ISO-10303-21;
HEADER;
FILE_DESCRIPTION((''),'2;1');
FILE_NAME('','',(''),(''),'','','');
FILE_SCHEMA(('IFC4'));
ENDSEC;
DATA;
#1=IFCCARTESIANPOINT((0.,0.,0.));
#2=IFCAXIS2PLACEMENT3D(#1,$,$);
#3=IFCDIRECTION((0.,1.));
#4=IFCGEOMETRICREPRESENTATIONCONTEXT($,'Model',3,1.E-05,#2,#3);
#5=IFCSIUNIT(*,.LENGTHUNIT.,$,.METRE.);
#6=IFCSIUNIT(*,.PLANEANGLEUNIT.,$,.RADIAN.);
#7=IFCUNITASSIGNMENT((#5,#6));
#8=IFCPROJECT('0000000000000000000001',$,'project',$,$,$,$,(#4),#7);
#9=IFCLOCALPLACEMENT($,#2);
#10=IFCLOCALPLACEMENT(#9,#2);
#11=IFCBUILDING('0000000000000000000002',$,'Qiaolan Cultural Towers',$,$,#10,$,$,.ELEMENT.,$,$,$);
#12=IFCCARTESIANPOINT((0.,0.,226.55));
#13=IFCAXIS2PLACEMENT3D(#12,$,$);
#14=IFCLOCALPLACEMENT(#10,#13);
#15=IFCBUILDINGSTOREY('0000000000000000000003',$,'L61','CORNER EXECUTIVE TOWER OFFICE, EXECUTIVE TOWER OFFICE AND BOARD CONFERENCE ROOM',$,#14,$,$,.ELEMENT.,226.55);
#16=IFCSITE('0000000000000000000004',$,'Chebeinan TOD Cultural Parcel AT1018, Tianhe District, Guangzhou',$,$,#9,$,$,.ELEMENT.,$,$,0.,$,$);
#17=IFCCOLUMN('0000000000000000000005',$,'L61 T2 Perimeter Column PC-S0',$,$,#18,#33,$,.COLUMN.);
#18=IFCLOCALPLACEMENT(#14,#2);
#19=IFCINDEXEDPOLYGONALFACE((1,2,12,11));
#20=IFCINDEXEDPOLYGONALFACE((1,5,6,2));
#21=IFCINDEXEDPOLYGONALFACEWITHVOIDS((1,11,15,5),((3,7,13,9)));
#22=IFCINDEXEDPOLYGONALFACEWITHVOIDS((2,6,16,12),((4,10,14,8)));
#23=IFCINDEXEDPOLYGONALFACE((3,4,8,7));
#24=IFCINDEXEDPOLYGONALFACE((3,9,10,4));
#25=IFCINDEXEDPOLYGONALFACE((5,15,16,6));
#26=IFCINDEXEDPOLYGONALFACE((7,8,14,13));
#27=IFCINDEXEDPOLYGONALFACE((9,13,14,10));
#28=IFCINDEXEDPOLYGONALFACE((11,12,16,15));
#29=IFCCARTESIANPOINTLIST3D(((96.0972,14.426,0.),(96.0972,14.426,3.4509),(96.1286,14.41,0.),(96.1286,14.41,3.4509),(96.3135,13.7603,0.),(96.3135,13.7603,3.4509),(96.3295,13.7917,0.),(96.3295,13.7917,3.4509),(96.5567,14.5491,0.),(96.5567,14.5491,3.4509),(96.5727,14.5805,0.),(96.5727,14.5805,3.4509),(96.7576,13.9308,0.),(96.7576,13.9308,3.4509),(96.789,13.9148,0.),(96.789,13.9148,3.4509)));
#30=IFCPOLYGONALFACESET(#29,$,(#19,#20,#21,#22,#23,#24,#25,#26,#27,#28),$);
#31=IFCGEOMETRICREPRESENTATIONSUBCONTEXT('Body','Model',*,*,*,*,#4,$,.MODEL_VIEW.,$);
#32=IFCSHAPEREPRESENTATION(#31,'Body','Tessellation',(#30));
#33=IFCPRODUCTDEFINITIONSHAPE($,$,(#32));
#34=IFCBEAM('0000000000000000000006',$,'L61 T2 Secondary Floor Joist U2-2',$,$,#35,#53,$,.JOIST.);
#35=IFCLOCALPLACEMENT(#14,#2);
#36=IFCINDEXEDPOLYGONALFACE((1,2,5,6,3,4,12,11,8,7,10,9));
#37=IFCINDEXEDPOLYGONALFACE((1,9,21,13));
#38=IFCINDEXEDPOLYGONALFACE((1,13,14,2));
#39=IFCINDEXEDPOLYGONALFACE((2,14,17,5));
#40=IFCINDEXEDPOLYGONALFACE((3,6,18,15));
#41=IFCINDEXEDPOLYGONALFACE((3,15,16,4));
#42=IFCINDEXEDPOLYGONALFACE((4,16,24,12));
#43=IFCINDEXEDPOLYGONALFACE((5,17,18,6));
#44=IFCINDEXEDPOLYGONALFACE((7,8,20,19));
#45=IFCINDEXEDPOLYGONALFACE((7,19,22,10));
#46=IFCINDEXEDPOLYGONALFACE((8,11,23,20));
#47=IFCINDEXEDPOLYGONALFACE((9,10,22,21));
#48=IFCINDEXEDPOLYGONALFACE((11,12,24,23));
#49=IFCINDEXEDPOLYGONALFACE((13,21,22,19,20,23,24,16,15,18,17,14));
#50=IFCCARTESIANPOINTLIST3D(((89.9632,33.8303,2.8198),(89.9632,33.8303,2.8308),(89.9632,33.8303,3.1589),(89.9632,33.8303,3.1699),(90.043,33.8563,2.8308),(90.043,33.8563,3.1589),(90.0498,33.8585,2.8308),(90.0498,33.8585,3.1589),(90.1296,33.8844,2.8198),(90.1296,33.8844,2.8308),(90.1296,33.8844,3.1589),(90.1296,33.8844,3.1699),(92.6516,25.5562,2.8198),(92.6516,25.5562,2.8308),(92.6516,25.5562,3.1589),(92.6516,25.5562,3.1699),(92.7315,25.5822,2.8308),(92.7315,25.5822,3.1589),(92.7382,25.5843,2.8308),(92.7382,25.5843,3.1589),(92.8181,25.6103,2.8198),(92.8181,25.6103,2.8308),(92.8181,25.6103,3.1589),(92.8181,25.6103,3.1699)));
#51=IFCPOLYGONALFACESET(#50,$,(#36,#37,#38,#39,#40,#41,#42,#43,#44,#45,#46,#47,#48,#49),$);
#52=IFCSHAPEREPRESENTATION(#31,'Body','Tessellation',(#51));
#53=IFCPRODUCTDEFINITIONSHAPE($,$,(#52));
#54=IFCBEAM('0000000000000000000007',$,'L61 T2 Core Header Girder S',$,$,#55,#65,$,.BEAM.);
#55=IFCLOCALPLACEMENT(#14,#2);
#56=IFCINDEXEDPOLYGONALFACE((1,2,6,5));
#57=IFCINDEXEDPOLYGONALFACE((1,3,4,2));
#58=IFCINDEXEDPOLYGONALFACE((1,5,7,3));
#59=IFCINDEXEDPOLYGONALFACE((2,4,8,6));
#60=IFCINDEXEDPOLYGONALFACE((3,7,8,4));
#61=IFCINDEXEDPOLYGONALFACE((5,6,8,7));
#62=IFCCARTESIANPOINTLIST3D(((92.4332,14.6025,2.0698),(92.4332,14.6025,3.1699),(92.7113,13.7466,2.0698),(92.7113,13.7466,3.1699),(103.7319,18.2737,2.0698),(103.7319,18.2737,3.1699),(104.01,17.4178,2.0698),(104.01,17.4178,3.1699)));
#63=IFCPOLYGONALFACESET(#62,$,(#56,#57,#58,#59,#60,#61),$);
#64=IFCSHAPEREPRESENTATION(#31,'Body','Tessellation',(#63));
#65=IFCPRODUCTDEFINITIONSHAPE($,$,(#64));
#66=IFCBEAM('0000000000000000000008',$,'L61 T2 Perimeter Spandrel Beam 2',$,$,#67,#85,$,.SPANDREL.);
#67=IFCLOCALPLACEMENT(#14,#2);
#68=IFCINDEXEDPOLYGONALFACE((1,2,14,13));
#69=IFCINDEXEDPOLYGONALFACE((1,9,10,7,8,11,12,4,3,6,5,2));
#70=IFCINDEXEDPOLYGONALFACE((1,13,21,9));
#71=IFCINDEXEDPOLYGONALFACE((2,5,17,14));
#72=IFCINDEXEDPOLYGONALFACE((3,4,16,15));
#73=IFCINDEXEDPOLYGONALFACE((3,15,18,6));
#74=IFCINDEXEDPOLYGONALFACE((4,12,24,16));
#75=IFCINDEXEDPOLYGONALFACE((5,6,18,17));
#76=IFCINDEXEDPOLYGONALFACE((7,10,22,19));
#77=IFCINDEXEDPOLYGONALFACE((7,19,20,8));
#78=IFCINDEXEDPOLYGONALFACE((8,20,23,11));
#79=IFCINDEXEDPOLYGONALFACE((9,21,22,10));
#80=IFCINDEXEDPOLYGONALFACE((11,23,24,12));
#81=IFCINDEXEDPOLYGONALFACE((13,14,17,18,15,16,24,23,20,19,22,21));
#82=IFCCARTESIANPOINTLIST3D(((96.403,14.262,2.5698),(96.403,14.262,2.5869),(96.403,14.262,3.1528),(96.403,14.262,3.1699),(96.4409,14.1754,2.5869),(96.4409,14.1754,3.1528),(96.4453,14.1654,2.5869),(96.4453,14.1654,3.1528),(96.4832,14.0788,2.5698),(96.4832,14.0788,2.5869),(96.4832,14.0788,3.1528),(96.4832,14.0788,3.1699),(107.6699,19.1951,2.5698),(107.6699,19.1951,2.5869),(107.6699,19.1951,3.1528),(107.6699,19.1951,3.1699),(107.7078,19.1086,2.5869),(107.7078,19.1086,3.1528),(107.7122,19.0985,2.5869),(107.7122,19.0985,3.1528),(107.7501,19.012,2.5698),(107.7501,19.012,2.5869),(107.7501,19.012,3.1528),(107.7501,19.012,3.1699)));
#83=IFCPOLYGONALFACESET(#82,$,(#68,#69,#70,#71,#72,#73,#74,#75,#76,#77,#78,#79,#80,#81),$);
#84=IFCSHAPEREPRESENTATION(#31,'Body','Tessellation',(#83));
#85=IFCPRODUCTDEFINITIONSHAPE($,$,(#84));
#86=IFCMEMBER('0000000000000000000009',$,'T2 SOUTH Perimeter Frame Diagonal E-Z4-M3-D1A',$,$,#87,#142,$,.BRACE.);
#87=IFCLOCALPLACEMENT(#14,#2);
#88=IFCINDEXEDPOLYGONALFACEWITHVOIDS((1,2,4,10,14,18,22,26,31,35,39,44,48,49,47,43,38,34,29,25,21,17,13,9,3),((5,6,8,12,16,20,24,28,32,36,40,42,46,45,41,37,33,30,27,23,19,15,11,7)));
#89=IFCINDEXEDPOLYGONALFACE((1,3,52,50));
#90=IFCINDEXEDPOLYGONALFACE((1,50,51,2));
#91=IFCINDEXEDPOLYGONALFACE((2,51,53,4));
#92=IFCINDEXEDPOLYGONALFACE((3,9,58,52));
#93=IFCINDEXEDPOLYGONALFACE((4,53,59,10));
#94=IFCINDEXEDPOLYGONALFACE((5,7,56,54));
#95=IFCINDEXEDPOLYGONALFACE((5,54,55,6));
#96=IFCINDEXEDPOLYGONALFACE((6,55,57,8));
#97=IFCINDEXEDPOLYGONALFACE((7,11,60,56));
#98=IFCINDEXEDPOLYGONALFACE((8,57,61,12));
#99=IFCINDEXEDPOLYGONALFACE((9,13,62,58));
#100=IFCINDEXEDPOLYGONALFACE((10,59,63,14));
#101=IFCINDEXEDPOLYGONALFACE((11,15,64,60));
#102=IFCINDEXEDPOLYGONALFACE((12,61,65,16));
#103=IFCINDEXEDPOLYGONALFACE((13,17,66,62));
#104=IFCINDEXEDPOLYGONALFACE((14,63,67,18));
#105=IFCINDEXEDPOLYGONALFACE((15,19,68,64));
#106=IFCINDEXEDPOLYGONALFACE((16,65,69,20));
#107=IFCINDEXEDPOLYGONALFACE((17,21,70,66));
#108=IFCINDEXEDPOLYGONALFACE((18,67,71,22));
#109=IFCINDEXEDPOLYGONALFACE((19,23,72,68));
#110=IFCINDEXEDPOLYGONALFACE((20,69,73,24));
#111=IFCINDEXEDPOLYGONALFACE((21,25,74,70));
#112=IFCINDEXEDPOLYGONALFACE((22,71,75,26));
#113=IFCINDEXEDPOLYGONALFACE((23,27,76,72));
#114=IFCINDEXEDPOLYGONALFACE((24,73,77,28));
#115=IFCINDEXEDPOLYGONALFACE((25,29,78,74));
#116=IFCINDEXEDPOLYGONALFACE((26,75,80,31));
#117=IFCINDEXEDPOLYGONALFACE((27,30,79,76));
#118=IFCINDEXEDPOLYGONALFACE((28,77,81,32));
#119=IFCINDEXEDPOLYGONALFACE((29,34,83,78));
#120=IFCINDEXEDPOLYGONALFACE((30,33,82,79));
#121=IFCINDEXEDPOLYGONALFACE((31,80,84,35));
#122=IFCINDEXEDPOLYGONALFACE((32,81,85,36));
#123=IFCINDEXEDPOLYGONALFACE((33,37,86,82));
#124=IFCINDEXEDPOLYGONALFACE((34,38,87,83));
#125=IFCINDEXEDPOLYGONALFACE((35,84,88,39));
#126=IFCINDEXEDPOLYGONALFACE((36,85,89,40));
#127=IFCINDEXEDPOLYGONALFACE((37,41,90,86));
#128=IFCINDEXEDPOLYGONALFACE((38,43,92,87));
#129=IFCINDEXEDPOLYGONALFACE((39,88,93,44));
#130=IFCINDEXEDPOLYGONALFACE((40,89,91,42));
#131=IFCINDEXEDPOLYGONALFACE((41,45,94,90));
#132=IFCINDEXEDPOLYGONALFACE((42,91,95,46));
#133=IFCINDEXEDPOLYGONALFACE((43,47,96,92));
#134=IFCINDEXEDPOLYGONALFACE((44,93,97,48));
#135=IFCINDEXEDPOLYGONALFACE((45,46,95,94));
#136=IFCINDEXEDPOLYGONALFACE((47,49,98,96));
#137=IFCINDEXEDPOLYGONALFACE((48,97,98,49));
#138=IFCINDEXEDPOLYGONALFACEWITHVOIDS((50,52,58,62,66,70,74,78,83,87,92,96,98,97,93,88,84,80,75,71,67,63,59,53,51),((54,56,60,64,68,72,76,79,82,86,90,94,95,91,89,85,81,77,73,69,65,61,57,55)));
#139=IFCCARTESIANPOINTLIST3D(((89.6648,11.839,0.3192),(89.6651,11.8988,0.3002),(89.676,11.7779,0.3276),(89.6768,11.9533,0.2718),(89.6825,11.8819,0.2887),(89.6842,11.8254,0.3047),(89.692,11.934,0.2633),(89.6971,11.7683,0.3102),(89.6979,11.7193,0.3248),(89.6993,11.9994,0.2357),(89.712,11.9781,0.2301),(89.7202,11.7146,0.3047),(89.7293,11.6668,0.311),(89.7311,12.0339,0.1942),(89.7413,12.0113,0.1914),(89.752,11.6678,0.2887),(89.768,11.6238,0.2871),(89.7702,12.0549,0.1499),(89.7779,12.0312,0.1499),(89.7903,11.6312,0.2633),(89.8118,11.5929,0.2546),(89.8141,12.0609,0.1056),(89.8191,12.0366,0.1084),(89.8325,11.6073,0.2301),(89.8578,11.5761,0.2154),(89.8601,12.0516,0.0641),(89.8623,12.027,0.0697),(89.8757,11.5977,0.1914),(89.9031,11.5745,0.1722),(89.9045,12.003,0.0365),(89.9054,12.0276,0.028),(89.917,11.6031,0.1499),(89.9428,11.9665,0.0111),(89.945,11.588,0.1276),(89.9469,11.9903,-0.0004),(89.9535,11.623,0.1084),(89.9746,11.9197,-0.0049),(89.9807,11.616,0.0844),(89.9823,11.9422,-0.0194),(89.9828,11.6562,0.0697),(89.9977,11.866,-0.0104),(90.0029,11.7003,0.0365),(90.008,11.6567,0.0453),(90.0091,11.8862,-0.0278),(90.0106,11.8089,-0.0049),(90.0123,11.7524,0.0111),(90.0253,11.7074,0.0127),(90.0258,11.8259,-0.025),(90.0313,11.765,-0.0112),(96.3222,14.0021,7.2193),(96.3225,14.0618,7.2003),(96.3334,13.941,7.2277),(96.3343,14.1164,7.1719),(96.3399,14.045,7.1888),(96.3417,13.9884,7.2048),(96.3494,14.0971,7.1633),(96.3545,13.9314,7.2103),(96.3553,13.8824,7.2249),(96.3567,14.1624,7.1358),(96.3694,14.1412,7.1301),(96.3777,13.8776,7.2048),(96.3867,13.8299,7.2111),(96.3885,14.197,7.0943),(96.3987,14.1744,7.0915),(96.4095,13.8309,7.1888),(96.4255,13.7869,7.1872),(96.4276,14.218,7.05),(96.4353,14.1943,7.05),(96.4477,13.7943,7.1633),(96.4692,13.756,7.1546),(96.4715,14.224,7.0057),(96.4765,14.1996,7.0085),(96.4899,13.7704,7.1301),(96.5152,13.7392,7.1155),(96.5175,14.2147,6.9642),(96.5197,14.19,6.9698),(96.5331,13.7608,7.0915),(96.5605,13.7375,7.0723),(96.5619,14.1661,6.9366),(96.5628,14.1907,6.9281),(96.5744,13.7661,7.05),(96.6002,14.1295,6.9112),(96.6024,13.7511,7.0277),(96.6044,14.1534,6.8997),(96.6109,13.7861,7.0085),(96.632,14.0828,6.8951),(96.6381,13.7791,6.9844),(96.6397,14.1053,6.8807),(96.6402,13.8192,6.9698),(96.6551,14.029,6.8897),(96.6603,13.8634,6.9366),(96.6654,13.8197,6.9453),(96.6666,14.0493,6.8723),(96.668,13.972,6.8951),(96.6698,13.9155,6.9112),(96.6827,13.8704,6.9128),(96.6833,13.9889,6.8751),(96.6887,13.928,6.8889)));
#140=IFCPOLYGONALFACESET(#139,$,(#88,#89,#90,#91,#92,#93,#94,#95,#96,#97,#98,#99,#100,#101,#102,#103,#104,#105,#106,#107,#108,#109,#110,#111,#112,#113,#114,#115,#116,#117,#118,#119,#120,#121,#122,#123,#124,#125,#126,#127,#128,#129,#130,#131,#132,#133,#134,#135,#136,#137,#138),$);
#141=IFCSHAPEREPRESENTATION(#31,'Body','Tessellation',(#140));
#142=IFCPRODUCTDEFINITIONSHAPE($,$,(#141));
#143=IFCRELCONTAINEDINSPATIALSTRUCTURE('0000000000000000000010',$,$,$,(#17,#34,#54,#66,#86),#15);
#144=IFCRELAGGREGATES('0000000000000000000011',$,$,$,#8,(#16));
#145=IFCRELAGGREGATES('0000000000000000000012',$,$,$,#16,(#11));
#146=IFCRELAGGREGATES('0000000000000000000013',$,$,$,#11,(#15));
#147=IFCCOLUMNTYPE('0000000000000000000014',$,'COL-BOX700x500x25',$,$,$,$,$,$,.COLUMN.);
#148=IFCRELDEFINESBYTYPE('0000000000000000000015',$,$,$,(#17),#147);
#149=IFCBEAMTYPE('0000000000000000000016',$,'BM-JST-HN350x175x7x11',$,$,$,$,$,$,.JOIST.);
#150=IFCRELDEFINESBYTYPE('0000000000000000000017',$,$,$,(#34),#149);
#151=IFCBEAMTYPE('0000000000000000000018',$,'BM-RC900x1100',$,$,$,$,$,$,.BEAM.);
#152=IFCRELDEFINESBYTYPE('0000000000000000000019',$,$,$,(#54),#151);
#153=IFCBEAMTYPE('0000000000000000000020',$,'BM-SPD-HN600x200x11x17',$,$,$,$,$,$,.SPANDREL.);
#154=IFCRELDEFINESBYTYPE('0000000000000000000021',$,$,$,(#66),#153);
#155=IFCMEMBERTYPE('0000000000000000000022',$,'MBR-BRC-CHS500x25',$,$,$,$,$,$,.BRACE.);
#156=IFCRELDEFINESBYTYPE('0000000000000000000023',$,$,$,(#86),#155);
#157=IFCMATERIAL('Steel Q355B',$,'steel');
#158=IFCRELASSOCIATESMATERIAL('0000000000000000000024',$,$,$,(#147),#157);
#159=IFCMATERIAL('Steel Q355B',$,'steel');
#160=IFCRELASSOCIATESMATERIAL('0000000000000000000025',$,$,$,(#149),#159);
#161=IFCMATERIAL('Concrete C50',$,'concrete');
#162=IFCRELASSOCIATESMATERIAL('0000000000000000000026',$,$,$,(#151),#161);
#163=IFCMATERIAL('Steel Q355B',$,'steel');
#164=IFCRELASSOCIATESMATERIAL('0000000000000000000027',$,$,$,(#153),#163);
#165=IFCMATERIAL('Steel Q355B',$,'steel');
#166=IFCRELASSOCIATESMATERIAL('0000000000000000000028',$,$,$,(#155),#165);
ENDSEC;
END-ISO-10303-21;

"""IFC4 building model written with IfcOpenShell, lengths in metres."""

from ifc_helpers import new_model, si_unit, direction, frame, origin, origin_2d, place, context, subcontext, project, spatial, rectangle, hollow_rectangle, hollow_circle, i_section, extrude, material, material_profile, profile_set, type_object, element, save


model = new_model("IFC4")

# Units and contexts
model_context = context("Model", 3, precision=1e-05, world=origin(), true_north=direction((0.0, 1.0)))
body_context = subcontext(model_context, "Body", "Model", "MODEL_VIEW")
ifc_project = project(units=[si_unit("LENGTHUNIT", "METRE"), si_unit("PLANEANGLEUNIT", "RADIAN")], contexts=[model_context])

# Site, building, storey
site_placement = place(None, origin())
site = spatial("IfcSite", under=ifc_project, at=site_placement, Name="Chebeinan TOD Cultural Parcel AT1018, Tianhe District, Guangzhou", CompositionType="ELEMENT", RefElevation=0.0)
building_placement = place(site_placement, origin())
building = spatial("IfcBuilding", under=site, at=building_placement, Name="Qiaolan Cultural Towers", CompositionType="ELEMENT")
storey_placement = place(building_placement, frame((0.0, 0.0, 226.55)))
storey = spatial("IfcBuildingStorey", under=building, at=storey_placement, Name="L61", Description="CORNER EXECUTIVE TOWER OFFICE, EXECUTIVE TOWER OFFICE AND BOARD CONFERENCE ROOM", CompositionType="ELEMENT", Elevation=226.55)

# Column
ifc_material_1 = material(Name="Steel Q355B", Category="steel")
ifc_material_profile_1 = material_profile(ifc_material_1, hollow_rectangle(XDim=0.5, YDim=0.7, WallThickness=0.0249, at=origin_2d()), Name="BOX700x500x25")
ifc_profile_set_1 = profile_set([ifc_material_profile_1], Name="Steel Q355B")
column_type = type_object("IfcColumnType", Name="COL-BOX700x500x25", PredefinedType="COLUMN", material=ifc_profile_set_1)
column_placement = place(storey_placement, frame((96.4431, 14.1704, 0.0), z_axis=(0.0, 0.0, 1.0), x_axis=(0.951057, 0.309017, 0.0)))
element("IfcColumn", 1, at=column_placement, inside=storey, type_object=column_type, Name="L61 T2 Perimeter Column PC-S0", PredefinedType="COLUMN", context=body_context, shape_type="SweptSolid", body=[
    extrude(hollow_rectangle(XDim=0.5, YDim=0.7, WallThickness=0.0249, at=origin_2d()), origin(), (0.0, 0.0, 1.0), 3.4509),
])

# Beams
ifc_material_2 = material(Name="Steel Q355B", Category="steel")
ifc_material_profile_2 = material_profile(ifc_material_2, i_section(OverallWidth=0.175, OverallDepth=0.3501, WebThickness=0.0071, FlangeThickness=0.011, at=origin_2d()), Name="HN350x175x7x11")
ifc_profile_set_2 = profile_set([ifc_material_profile_2], Name="Steel Q355B")
beam_type_1 = type_object("IfcBeamType", Name="BM-JST-HN350x175x7x11", PredefinedType="JOIST", material=ifc_profile_set_2)
beam_1_placement = place(storey_placement, frame((92.7349, 25.5833, 2.9949), z_axis=(-0.309021, 0.951055, 0.0), x_axis=(-0.951055, -0.309021, 0.0)))
element("IfcBeam", 2, at=beam_1_placement, inside=storey, type_object=beam_type_1, Name="L61 T2 Secondary Floor Joist U2-2", PredefinedType="JOIST", context=body_context, shape_type="SweptSolid", body=[
    extrude(i_section(OverallWidth=0.175, OverallDepth=0.3501, WebThickness=0.0071, FlangeThickness=0.011, at=origin_2d()), origin(), (0.0, 0.0, 1.0), 8.7),
])
ifc_material_3 = material(Name="Concrete C50", Category="concrete")
ifc_material_profile_3 = material_profile(ifc_material_3, rectangle(XDim=0.8999, YDim=1.1001, at=origin_2d()), Name="RC900x1100")
ifc_profile_set_3 = profile_set([ifc_material_profile_3], Name="Concrete C50")
beam_type_2 = type_object("IfcBeamType", Name="BM-RC900x1100", PredefinedType="BEAM", material=ifc_profile_set_3)
beam_2_placement = place(storey_placement, frame((92.5723, 14.1746, 2.6199), z_axis=(0.951056, 0.309018, 0.0), x_axis=(-0.309018, 0.951056, 0.0)))
element("IfcBeam", 3, at=beam_2_placement, inside=storey, type_object=beam_type_2, Name="L61 T2 Core Header Girder S", PredefinedType="BEAM", context=body_context, shape_type="SweptSolid", body=[
    extrude(rectangle(XDim=0.8999, YDim=1.1001, at=origin_2d()), origin(), (0.0, 0.0, 1.0), 11.8801),
])
ifc_material_4 = material(Name="Steel Q355B", Category="steel")
ifc_material_profile_4 = material_profile(ifc_material_4, i_section(OverallWidth=0.2, OverallDepth=0.6001, WebThickness=0.011, FlangeThickness=0.0171, at=origin_2d()), Name="HN600x200x11x17")
ifc_profile_set_4 = profile_set([ifc_material_profile_4], Name="Steel Q355B")
beam_type_3 = type_object("IfcBeamType", Name="BM-SPD-HN600x200x11x17", PredefinedType="SPANDREL", material=ifc_profile_set_4)
beam_3_placement = place(storey_placement, frame((96.4431, 14.1704, 2.8699), z_axis=(0.916042, 0.401082, 0.0), x_axis=(-0.401082, 0.916042, 0.0)))
element("IfcBeam", 4, at=beam_3_placement, inside=storey, type_object=beam_type_3, Name="L61 T2 Perimeter Spandrel Beam 2", PredefinedType="SPANDREL", context=body_context, shape_type="SweptSolid", body=[
    extrude(i_section(OverallWidth=0.2, OverallDepth=0.6001, WebThickness=0.011, FlangeThickness=0.0171, at=origin_2d()), origin(), (0.0, 0.0, 1.0), 12.2996),
])

# Member
ifc_material_5 = material(Name="Steel Q355B", Category="steel")
ifc_material_profile_5 = material_profile(ifc_material_5, hollow_circle(Radius=0.25, WallThickness=0.0249, at=origin_2d()), Name="CHS500x25")
ifc_profile_set_5 = profile_set([ifc_material_profile_5], Name="Steel Q355B")
member_type = type_object("IfcMemberType", Name="MBR-BRC-CHS500x25", PredefinedType="BRACE", material=ifc_profile_set_5)
member_1_placement = place(storey_placement, frame((89.8474, 11.8171, 0.1499), z_axis=(0.677317, 0.220068, 0.702006), x_axis=(-0.30901, 0.951059, 0.0)))
element("IfcMember", 5, at=member_1_placement, inside=storey, type_object=member_type, Name="T2 SOUTH Perimeter Frame Diagonal E-Z4-M3-D1A", PredefinedType="BRACE", context=body_context, shape_type="SweptSolid", body=[
    extrude(hollow_circle(Radius=0.25, WallThickness=0.0249, at=origin_2d()), origin(), (0.0, 0.0, 1.0), 9.8291),
])

save(model, "model.ifc")
